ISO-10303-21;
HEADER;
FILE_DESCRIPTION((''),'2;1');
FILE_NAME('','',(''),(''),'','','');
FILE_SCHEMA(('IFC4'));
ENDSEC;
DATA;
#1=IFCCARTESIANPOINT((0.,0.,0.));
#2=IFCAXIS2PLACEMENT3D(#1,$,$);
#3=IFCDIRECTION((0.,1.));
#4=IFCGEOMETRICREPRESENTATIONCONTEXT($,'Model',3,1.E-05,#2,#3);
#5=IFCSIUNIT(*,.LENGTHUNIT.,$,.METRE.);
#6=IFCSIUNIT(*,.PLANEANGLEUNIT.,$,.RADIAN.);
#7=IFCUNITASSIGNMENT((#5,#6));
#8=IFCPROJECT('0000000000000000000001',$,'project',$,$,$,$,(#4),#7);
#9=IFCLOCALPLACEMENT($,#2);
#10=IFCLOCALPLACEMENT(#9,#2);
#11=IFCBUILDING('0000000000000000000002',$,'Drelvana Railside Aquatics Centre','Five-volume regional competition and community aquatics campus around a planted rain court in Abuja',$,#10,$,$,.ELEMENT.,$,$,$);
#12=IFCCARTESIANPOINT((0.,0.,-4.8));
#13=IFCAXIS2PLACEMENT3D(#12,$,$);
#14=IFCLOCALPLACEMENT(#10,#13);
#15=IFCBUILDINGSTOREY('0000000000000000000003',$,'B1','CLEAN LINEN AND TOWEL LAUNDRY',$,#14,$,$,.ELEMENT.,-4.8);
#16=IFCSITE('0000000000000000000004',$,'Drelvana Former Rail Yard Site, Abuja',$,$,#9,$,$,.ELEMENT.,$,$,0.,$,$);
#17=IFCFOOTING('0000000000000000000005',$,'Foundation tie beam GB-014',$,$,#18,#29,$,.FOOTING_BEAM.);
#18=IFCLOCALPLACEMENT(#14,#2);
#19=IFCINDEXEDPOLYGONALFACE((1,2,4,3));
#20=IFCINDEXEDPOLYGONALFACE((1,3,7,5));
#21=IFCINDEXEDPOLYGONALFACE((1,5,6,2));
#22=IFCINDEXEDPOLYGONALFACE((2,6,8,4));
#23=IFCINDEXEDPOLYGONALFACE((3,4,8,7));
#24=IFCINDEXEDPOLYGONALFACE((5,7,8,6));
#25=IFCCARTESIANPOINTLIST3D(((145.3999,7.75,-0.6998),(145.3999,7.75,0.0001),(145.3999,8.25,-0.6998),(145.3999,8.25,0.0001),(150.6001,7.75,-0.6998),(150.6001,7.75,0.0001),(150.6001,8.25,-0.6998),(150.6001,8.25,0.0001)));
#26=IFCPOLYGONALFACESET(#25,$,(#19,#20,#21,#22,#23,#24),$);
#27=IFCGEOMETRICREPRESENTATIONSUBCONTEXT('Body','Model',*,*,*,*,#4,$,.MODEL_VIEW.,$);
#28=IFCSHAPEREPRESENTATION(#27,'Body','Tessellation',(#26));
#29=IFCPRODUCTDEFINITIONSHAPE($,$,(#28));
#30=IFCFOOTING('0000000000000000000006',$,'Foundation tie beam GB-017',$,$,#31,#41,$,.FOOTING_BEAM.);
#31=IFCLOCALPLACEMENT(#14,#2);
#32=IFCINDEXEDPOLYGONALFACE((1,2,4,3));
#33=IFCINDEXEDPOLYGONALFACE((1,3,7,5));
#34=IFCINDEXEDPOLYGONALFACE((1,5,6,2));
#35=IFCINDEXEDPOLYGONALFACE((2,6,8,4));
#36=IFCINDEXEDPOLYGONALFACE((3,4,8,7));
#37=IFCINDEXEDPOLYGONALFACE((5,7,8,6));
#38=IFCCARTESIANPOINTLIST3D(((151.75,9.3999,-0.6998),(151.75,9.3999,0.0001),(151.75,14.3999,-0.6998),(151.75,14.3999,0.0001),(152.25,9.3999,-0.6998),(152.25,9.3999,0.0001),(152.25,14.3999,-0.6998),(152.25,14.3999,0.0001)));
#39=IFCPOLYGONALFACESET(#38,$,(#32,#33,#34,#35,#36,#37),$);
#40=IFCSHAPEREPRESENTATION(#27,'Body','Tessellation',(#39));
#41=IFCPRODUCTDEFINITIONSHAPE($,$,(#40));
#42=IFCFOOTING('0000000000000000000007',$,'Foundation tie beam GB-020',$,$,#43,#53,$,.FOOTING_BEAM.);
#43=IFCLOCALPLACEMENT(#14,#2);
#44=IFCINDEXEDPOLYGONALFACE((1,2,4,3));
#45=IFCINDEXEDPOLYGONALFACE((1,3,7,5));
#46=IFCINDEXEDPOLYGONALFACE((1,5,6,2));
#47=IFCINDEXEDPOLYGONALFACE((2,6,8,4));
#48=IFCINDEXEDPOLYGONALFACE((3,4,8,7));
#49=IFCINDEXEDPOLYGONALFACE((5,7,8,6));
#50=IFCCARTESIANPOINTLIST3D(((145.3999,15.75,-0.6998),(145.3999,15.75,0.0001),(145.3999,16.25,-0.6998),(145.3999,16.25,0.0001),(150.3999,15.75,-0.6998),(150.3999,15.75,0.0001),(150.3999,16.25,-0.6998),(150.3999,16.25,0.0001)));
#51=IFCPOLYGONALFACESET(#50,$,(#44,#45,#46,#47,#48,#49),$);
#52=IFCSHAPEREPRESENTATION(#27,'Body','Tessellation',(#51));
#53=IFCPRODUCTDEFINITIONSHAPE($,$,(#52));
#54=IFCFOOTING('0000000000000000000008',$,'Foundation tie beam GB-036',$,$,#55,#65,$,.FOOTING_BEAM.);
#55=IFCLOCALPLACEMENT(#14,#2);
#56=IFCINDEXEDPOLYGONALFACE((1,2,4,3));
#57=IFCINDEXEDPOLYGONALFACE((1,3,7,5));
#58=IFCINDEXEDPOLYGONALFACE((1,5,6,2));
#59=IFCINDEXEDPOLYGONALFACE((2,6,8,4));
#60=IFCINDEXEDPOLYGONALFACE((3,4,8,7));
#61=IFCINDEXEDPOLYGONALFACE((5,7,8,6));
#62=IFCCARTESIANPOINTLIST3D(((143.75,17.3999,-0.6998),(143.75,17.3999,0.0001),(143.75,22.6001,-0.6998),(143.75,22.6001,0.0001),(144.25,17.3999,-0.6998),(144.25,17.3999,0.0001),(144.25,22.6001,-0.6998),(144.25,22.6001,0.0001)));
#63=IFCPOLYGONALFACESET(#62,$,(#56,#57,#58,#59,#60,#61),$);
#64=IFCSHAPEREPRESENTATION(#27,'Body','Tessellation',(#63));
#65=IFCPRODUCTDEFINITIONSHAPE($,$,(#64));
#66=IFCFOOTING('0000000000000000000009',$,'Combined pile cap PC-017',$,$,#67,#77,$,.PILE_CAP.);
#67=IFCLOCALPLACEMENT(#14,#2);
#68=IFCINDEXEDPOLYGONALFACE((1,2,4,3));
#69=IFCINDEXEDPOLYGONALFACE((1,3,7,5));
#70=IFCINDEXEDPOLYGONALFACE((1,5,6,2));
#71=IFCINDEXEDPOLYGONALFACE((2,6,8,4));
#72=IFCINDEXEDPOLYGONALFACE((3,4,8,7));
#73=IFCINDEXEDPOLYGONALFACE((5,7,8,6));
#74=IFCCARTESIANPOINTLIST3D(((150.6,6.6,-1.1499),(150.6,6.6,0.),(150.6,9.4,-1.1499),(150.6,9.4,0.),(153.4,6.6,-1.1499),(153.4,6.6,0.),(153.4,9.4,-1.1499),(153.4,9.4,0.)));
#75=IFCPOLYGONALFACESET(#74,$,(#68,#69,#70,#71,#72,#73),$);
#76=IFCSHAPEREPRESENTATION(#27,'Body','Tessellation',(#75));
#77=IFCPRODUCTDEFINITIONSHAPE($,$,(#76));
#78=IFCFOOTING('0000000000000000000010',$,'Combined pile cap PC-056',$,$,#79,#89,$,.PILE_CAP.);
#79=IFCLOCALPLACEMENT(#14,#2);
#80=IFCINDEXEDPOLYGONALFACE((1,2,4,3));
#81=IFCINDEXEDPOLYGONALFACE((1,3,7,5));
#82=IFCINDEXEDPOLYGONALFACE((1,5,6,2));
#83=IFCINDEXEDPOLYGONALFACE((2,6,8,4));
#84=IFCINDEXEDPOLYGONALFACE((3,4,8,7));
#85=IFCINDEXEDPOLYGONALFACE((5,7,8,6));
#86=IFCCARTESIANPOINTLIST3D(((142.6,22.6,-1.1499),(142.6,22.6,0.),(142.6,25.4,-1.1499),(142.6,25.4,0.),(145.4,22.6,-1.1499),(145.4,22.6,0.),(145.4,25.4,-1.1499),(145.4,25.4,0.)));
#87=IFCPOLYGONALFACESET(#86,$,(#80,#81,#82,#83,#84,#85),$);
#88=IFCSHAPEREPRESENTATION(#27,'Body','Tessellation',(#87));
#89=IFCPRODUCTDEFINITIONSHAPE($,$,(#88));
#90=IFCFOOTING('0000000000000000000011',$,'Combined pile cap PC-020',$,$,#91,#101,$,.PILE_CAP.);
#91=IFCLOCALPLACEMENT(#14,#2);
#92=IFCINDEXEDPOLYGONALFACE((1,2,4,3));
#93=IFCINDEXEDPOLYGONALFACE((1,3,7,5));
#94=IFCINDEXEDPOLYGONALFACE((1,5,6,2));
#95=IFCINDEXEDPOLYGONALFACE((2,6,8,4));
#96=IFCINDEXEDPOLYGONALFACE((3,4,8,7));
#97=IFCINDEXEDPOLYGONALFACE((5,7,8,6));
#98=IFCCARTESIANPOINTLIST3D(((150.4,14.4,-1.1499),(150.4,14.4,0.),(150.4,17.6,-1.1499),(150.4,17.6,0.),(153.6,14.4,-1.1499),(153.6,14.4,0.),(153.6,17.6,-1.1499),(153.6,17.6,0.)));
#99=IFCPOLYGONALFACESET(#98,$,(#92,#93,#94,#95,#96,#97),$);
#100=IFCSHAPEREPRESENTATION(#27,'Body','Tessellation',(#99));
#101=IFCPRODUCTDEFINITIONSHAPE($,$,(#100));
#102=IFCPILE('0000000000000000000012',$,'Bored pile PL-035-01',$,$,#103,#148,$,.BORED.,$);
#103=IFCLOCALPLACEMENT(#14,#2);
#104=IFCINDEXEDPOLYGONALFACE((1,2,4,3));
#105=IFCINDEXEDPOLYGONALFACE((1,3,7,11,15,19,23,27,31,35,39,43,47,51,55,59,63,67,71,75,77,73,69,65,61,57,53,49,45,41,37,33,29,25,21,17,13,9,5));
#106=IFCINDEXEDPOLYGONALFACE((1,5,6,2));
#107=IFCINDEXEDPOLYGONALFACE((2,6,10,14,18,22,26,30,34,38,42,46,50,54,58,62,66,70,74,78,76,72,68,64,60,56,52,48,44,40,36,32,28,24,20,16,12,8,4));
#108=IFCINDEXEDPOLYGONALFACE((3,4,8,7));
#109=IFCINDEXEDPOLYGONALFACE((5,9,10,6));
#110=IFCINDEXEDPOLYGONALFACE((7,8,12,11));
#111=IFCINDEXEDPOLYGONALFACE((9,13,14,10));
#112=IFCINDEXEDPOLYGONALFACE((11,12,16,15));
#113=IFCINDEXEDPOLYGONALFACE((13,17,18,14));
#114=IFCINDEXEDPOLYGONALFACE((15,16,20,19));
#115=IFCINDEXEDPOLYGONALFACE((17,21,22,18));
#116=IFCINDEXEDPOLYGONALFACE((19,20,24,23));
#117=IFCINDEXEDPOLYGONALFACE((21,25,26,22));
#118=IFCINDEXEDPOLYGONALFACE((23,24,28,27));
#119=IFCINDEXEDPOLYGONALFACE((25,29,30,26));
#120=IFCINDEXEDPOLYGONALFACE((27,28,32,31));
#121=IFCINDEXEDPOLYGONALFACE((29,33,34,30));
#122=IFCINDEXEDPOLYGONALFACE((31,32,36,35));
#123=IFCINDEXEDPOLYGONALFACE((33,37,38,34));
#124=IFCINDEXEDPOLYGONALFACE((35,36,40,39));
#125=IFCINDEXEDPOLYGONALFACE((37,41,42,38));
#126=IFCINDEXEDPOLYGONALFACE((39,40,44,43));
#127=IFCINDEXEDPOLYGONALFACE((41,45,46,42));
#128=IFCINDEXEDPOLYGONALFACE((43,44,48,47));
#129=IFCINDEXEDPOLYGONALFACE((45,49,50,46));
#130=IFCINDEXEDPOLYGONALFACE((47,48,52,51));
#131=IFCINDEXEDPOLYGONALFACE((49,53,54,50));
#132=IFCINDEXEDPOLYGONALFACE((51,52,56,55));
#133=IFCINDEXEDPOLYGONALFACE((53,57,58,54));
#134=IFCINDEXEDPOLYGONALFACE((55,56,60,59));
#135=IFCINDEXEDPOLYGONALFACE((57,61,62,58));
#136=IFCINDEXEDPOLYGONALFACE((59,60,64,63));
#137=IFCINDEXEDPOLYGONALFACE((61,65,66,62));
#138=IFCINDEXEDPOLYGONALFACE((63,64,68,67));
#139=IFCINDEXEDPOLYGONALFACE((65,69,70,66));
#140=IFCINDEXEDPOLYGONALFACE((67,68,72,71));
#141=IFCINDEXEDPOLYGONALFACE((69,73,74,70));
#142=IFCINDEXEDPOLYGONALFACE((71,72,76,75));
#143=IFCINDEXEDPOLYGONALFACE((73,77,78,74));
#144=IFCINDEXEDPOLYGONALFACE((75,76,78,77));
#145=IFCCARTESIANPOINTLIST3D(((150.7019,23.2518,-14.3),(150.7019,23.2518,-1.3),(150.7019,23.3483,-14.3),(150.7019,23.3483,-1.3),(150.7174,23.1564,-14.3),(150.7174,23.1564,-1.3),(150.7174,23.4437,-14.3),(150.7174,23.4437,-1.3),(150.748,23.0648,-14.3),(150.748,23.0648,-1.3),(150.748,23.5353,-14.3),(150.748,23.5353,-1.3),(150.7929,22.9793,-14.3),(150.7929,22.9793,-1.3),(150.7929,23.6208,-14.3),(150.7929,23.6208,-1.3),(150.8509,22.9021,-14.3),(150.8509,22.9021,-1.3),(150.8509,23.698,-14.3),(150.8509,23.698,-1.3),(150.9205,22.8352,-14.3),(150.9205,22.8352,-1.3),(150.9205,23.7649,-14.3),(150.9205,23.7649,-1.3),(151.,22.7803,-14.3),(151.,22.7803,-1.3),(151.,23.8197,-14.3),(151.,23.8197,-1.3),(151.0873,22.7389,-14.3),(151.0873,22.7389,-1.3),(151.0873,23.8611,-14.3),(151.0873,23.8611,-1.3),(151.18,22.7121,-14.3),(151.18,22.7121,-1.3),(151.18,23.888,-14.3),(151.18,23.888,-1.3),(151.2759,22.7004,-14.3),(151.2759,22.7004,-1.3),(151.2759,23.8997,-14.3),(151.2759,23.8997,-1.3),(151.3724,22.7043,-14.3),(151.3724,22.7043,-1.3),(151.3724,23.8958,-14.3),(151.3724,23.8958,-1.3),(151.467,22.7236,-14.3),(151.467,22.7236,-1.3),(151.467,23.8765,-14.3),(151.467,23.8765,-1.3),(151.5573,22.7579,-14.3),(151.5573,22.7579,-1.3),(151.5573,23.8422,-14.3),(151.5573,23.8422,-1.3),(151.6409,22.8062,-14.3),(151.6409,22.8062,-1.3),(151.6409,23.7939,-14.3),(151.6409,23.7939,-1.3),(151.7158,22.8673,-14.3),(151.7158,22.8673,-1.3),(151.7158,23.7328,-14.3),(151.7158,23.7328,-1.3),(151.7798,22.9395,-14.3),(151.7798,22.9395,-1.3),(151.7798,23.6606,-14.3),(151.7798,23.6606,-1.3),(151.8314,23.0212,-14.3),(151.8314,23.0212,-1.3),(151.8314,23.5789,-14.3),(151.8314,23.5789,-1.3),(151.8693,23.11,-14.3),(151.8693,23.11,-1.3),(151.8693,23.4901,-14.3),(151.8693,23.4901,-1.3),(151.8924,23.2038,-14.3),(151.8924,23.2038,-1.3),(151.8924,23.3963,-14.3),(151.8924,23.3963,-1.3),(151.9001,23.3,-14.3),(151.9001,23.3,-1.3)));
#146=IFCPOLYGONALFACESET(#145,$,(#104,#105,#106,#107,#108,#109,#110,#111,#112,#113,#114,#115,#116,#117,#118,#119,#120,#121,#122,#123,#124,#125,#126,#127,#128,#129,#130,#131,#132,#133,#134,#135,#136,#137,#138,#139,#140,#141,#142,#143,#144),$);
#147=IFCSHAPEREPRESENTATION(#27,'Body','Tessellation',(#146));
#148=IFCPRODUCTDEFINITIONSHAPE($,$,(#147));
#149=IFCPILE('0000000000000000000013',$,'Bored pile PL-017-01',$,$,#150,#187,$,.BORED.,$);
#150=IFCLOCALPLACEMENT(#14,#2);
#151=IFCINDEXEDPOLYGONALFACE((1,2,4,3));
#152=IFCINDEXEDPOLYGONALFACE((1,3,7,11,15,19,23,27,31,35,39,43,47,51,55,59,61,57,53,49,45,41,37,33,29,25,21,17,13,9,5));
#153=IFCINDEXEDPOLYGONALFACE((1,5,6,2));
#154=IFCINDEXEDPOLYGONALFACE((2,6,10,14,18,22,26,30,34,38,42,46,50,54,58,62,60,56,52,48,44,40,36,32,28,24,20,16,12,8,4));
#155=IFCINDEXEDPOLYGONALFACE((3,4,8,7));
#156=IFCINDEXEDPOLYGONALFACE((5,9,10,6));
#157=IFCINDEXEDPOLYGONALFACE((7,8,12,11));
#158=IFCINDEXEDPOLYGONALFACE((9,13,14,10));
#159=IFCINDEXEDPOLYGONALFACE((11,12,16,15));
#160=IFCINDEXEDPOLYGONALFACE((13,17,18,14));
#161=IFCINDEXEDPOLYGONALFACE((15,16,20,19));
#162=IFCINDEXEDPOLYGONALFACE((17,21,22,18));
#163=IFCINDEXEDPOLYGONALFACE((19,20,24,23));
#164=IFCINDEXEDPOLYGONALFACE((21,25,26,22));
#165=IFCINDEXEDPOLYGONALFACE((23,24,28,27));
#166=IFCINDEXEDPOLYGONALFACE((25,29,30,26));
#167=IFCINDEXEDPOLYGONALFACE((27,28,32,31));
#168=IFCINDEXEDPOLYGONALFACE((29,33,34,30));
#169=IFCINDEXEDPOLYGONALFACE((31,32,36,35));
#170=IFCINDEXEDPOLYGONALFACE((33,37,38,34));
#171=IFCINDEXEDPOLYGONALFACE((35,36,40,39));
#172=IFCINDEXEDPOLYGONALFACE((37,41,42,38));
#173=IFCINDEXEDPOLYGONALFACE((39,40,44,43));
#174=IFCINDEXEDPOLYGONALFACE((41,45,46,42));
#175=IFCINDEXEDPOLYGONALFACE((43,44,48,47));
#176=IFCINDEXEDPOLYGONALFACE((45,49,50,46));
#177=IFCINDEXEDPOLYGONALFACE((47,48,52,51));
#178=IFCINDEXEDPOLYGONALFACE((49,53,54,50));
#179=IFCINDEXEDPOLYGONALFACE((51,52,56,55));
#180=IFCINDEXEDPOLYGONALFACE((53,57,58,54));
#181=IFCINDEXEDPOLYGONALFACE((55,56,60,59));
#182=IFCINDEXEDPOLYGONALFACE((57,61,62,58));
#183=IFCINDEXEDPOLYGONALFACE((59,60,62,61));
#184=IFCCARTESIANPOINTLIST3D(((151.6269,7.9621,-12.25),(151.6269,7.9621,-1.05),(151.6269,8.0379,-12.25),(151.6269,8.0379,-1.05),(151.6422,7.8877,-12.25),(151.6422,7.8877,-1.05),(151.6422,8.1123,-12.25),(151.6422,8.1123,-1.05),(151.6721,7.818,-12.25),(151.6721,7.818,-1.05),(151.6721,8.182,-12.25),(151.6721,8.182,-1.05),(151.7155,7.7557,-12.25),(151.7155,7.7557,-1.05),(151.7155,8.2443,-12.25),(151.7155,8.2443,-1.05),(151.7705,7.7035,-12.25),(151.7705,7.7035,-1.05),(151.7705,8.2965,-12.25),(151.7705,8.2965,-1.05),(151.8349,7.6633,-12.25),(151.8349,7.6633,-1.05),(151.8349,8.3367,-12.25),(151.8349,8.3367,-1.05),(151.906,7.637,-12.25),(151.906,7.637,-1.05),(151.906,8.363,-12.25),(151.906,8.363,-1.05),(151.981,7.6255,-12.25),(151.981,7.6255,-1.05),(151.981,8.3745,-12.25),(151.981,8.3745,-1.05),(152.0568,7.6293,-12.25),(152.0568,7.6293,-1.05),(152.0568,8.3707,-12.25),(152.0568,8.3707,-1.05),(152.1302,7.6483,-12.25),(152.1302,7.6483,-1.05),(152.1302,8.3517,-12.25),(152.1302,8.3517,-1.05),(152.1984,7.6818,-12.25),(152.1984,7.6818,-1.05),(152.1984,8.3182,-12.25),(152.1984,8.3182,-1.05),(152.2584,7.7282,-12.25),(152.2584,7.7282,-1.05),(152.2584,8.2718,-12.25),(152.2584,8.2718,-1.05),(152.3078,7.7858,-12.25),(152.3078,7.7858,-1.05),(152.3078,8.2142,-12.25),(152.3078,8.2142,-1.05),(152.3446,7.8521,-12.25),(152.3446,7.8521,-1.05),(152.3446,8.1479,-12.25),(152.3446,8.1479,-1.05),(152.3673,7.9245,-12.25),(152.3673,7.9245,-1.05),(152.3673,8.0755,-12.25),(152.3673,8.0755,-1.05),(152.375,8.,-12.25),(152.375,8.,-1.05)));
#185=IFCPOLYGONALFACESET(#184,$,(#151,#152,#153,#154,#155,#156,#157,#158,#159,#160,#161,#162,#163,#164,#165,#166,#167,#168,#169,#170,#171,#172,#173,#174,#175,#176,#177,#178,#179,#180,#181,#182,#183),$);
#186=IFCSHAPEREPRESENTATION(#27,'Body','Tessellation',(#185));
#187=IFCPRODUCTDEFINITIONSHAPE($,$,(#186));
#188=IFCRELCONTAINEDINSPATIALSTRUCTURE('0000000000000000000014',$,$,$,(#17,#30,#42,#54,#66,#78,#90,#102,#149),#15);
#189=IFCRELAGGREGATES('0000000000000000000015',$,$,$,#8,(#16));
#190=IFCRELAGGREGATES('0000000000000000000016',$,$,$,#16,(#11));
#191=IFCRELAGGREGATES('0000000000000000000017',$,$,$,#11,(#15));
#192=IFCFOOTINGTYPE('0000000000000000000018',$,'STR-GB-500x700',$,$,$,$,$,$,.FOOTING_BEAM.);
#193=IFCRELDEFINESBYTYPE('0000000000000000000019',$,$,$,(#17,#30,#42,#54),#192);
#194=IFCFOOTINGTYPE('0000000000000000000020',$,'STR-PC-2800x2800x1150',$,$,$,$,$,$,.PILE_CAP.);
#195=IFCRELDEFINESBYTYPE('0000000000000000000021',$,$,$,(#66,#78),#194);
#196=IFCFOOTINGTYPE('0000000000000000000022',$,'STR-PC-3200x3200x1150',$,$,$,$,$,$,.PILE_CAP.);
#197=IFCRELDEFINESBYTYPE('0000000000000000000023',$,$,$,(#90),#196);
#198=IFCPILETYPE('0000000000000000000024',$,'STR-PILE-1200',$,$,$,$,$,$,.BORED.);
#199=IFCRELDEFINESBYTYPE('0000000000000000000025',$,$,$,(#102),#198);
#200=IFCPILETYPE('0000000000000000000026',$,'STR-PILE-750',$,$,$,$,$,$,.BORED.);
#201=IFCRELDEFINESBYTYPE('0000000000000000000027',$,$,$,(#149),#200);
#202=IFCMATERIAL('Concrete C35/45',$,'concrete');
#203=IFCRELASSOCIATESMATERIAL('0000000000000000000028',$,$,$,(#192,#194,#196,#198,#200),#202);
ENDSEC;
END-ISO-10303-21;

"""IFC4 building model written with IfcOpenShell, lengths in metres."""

from ifc_helpers import new_model, si_unit, direction, frame, origin, origin_2d, place, context, subcontext, project, spatial, rectangle, circle, extrude, material, material_profile, profile_set, type_object, element, save


model = new_model("IFC4")

# Units and contexts
model_context = context("Model", 3, precision=1e-05, world=origin(), true_north=direction((0.0, 1.0)))
body_context = subcontext(model_context, "Body", "Model", "MODEL_VIEW")
ifc_project = project(units=[si_unit("LENGTHUNIT", "METRE"), si_unit("PLANEANGLEUNIT", "RADIAN")], contexts=[model_context])

# Site, building, storey
site_placement = place(None, origin())
site = spatial("IfcSite", under=ifc_project, at=site_placement, Name="Drelvana Former Rail Yard Site, Abuja", CompositionType="ELEMENT", RefElevation=0.0)
building_placement = place(site_placement, origin())
building = spatial("IfcBuilding", under=site, at=building_placement, Name="Drelvana Railside Aquatics Centre", Description="Five-volume regional competition and community aquatics campus around a planted rain court in Abuja", CompositionType="ELEMENT")
storey_placement = place(building_placement, frame((0.0, 0.0, -4.8)))
storey = spatial("IfcBuildingStorey", under=building, at=storey_placement, Name="B1", Description="CLEAN LINEN AND TOWEL LAUNDRY", CompositionType="ELEMENT", Elevation=-4.8)

# Footings
ifc_material_1 = material(Name="Concrete C35/45", Category="concrete")
ifc_material_profile_1 = material_profile(ifc_material_1, rectangle(XDim=0.5, YDim=0.7, at=origin_2d()), Name="GB 500x700")
ifc_profile_set_1 = profile_set([ifc_material_profile_1], Name="Concrete C35/45")
footing_type_1 = type_object("IfcFootingType", Name="STR-GB-500x700", PredefinedType="FOOTING_BEAM", material=ifc_profile_set_1)
footing_1_placement = place(storey_placement, frame((145.3999, 8.0, -0.3499), z_axis=(1.0, 0.0, 0.0), x_axis=(0.0, 1.0, 0.0)))
element("IfcFooting", 1, at=footing_1_placement, inside=storey, type_object=footing_type_1, Name="Foundation tie beam GB-014", PredefinedType="FOOTING_BEAM", context=body_context, shape_type="SweptSolid", body=[
    extrude(rectangle(XDim=0.5, YDim=0.7, at=origin_2d()), origin(), (0.0, 0.0, 1.0), 5.2002),
])
for number, where, z_axis, x_axis, name in (
    (2, (152.0, 9.3999, -0.3499), (0.0, 1.0, 0.0), (-1.0, 0.0, 0.0), "Foundation tie beam GB-017"),
    (3, (145.3999, 16.0, -0.3499), (1.0, 0.0, 0.0), (0.0, 1.0, 0.0), "Foundation tie beam GB-020"),
):
    element("IfcFooting", number, at=place(storey_placement, frame(where, z_axis=z_axis, x_axis=x_axis)), inside=storey, type_object=footing_type_1, Name=name, PredefinedType="FOOTING_BEAM", context=body_context, shape_type="SweptSolid", body=[
        extrude(rectangle(XDim=0.5, YDim=0.7, at=origin_2d()), origin(), (0.0, 0.0, 1.0), 5.0),
    ])
footing_2_placement = place(storey_placement, frame((144.0, 17.3999, -0.3499), z_axis=(0.0, 1.0, 0.0), x_axis=(-1.0, 0.0, 0.0)))
element("IfcFooting", 4, at=footing_2_placement, inside=storey, type_object=footing_type_1, Name="Foundation tie beam GB-036", PredefinedType="FOOTING_BEAM", context=body_context, shape_type="SweptSolid", body=[
    extrude(rectangle(XDim=0.5, YDim=0.7, at=origin_2d()), origin(), (0.0, 0.0, 1.0), 5.2002),
])
footing_type_2 = type_object("IfcFootingType", Name="STR-PC-2800x2800x1150", PredefinedType="PILE_CAP", material=ifc_material_1)
for number, where, z_axis, x_axis, name in (
    (5, (152.0, 8.0, -1.1499), (0.0, 0.0, 1.0), (1.0, 0.0, 0.0), "Combined pile cap PC-017"),
    (6, (144.0, 24.0, -1.1499), (0.0, 0.0, 1.0), (1.0, 0.0, 0.0), "Combined pile cap PC-056"),
):
    element("IfcFooting", number, at=place(storey_placement, frame(where, z_axis=z_axis, x_axis=x_axis)), inside=storey, type_object=footing_type_2, Name=name, PredefinedType="PILE_CAP", context=body_context, shape_type="SweptSolid", body=[
        extrude(rectangle(XDim=2.8, YDim=2.8, at=origin_2d()), origin(), (0.0, 0.0, 1.0), 1.1499),
    ])
footing_type_3 = type_object("IfcFootingType", Name="STR-PC-3200x3200x1150", PredefinedType="PILE_CAP", material=ifc_material_1)
footing_3_placement = place(storey_placement, frame((152.0, 16.0, -1.1499), z_axis=(0.0, 0.0, 1.0), x_axis=(1.0, 0.0, 0.0)))
element("IfcFooting", 7, at=footing_3_placement, inside=storey, type_object=footing_type_3, Name="Combined pile cap PC-020", PredefinedType="PILE_CAP", context=body_context, shape_type="SweptSolid", body=[
    extrude(rectangle(XDim=3.2, YDim=3.2, at=origin_2d()), origin(), (0.0, 0.0, 1.0), 1.1499),
])

# Piles
ifc_material_profile_2 = material_profile(ifc_material_1, circle(Radius=0.6001, at=origin_2d()), Name="PILE D1200")
ifc_profile_set_2 = profile_set([ifc_material_profile_2], Name="Concrete C35/45")
pile_type_1 = type_object("IfcPileType", Name="STR-PILE-1200", PredefinedType="BORED", material=ifc_profile_set_2)
pile_placement = place(storey_placement, frame((151.3, 23.3, -1.3), z_axis=(0.0, 0.0, -1.0), x_axis=(1.0, 0.0, 0.0)))
element("IfcPile", 8, at=pile_placement, inside=storey, type_object=pile_type_1, Name="Bored pile PL-035-01", PredefinedType="BORED", context=body_context, shape_type="SweptSolid", body=[
    extrude(circle(Radius=0.6001, at=origin_2d()), origin(), (0.0, 0.0, 1.0), 13.0),
])
ifc_material_profile_3 = material_profile(ifc_material_1, circle(Radius=0.375, at=origin_2d()), Name="PILE D750")
ifc_profile_set_3 = profile_set([ifc_material_profile_3], Name="Concrete C35/45")
pile_type_2 = type_object("IfcPileType", Name="STR-PILE-750", PredefinedType="BORED", material=ifc_profile_set_3)
for number, where, z_axis, x_axis, name in (
    (9, (152.0, 8.0, -1.05), (0.0, 0.0, -1.0), (1.0, 0.0, 0.0), "Bored pile PL-017-01"),
):
    element("IfcPile", number, at=place(storey_placement, frame(where, z_axis=z_axis, x_axis=x_axis)), inside=storey, type_object=pile_type_2, Name=name, PredefinedType="BORED", context=body_context, shape_type="SweptSolid", body=[
        extrude(circle(Radius=0.375, at=origin_2d()), origin(), (0.0, 0.0, 1.0), 11.2),
    ])

save(model, "model.ifc")
